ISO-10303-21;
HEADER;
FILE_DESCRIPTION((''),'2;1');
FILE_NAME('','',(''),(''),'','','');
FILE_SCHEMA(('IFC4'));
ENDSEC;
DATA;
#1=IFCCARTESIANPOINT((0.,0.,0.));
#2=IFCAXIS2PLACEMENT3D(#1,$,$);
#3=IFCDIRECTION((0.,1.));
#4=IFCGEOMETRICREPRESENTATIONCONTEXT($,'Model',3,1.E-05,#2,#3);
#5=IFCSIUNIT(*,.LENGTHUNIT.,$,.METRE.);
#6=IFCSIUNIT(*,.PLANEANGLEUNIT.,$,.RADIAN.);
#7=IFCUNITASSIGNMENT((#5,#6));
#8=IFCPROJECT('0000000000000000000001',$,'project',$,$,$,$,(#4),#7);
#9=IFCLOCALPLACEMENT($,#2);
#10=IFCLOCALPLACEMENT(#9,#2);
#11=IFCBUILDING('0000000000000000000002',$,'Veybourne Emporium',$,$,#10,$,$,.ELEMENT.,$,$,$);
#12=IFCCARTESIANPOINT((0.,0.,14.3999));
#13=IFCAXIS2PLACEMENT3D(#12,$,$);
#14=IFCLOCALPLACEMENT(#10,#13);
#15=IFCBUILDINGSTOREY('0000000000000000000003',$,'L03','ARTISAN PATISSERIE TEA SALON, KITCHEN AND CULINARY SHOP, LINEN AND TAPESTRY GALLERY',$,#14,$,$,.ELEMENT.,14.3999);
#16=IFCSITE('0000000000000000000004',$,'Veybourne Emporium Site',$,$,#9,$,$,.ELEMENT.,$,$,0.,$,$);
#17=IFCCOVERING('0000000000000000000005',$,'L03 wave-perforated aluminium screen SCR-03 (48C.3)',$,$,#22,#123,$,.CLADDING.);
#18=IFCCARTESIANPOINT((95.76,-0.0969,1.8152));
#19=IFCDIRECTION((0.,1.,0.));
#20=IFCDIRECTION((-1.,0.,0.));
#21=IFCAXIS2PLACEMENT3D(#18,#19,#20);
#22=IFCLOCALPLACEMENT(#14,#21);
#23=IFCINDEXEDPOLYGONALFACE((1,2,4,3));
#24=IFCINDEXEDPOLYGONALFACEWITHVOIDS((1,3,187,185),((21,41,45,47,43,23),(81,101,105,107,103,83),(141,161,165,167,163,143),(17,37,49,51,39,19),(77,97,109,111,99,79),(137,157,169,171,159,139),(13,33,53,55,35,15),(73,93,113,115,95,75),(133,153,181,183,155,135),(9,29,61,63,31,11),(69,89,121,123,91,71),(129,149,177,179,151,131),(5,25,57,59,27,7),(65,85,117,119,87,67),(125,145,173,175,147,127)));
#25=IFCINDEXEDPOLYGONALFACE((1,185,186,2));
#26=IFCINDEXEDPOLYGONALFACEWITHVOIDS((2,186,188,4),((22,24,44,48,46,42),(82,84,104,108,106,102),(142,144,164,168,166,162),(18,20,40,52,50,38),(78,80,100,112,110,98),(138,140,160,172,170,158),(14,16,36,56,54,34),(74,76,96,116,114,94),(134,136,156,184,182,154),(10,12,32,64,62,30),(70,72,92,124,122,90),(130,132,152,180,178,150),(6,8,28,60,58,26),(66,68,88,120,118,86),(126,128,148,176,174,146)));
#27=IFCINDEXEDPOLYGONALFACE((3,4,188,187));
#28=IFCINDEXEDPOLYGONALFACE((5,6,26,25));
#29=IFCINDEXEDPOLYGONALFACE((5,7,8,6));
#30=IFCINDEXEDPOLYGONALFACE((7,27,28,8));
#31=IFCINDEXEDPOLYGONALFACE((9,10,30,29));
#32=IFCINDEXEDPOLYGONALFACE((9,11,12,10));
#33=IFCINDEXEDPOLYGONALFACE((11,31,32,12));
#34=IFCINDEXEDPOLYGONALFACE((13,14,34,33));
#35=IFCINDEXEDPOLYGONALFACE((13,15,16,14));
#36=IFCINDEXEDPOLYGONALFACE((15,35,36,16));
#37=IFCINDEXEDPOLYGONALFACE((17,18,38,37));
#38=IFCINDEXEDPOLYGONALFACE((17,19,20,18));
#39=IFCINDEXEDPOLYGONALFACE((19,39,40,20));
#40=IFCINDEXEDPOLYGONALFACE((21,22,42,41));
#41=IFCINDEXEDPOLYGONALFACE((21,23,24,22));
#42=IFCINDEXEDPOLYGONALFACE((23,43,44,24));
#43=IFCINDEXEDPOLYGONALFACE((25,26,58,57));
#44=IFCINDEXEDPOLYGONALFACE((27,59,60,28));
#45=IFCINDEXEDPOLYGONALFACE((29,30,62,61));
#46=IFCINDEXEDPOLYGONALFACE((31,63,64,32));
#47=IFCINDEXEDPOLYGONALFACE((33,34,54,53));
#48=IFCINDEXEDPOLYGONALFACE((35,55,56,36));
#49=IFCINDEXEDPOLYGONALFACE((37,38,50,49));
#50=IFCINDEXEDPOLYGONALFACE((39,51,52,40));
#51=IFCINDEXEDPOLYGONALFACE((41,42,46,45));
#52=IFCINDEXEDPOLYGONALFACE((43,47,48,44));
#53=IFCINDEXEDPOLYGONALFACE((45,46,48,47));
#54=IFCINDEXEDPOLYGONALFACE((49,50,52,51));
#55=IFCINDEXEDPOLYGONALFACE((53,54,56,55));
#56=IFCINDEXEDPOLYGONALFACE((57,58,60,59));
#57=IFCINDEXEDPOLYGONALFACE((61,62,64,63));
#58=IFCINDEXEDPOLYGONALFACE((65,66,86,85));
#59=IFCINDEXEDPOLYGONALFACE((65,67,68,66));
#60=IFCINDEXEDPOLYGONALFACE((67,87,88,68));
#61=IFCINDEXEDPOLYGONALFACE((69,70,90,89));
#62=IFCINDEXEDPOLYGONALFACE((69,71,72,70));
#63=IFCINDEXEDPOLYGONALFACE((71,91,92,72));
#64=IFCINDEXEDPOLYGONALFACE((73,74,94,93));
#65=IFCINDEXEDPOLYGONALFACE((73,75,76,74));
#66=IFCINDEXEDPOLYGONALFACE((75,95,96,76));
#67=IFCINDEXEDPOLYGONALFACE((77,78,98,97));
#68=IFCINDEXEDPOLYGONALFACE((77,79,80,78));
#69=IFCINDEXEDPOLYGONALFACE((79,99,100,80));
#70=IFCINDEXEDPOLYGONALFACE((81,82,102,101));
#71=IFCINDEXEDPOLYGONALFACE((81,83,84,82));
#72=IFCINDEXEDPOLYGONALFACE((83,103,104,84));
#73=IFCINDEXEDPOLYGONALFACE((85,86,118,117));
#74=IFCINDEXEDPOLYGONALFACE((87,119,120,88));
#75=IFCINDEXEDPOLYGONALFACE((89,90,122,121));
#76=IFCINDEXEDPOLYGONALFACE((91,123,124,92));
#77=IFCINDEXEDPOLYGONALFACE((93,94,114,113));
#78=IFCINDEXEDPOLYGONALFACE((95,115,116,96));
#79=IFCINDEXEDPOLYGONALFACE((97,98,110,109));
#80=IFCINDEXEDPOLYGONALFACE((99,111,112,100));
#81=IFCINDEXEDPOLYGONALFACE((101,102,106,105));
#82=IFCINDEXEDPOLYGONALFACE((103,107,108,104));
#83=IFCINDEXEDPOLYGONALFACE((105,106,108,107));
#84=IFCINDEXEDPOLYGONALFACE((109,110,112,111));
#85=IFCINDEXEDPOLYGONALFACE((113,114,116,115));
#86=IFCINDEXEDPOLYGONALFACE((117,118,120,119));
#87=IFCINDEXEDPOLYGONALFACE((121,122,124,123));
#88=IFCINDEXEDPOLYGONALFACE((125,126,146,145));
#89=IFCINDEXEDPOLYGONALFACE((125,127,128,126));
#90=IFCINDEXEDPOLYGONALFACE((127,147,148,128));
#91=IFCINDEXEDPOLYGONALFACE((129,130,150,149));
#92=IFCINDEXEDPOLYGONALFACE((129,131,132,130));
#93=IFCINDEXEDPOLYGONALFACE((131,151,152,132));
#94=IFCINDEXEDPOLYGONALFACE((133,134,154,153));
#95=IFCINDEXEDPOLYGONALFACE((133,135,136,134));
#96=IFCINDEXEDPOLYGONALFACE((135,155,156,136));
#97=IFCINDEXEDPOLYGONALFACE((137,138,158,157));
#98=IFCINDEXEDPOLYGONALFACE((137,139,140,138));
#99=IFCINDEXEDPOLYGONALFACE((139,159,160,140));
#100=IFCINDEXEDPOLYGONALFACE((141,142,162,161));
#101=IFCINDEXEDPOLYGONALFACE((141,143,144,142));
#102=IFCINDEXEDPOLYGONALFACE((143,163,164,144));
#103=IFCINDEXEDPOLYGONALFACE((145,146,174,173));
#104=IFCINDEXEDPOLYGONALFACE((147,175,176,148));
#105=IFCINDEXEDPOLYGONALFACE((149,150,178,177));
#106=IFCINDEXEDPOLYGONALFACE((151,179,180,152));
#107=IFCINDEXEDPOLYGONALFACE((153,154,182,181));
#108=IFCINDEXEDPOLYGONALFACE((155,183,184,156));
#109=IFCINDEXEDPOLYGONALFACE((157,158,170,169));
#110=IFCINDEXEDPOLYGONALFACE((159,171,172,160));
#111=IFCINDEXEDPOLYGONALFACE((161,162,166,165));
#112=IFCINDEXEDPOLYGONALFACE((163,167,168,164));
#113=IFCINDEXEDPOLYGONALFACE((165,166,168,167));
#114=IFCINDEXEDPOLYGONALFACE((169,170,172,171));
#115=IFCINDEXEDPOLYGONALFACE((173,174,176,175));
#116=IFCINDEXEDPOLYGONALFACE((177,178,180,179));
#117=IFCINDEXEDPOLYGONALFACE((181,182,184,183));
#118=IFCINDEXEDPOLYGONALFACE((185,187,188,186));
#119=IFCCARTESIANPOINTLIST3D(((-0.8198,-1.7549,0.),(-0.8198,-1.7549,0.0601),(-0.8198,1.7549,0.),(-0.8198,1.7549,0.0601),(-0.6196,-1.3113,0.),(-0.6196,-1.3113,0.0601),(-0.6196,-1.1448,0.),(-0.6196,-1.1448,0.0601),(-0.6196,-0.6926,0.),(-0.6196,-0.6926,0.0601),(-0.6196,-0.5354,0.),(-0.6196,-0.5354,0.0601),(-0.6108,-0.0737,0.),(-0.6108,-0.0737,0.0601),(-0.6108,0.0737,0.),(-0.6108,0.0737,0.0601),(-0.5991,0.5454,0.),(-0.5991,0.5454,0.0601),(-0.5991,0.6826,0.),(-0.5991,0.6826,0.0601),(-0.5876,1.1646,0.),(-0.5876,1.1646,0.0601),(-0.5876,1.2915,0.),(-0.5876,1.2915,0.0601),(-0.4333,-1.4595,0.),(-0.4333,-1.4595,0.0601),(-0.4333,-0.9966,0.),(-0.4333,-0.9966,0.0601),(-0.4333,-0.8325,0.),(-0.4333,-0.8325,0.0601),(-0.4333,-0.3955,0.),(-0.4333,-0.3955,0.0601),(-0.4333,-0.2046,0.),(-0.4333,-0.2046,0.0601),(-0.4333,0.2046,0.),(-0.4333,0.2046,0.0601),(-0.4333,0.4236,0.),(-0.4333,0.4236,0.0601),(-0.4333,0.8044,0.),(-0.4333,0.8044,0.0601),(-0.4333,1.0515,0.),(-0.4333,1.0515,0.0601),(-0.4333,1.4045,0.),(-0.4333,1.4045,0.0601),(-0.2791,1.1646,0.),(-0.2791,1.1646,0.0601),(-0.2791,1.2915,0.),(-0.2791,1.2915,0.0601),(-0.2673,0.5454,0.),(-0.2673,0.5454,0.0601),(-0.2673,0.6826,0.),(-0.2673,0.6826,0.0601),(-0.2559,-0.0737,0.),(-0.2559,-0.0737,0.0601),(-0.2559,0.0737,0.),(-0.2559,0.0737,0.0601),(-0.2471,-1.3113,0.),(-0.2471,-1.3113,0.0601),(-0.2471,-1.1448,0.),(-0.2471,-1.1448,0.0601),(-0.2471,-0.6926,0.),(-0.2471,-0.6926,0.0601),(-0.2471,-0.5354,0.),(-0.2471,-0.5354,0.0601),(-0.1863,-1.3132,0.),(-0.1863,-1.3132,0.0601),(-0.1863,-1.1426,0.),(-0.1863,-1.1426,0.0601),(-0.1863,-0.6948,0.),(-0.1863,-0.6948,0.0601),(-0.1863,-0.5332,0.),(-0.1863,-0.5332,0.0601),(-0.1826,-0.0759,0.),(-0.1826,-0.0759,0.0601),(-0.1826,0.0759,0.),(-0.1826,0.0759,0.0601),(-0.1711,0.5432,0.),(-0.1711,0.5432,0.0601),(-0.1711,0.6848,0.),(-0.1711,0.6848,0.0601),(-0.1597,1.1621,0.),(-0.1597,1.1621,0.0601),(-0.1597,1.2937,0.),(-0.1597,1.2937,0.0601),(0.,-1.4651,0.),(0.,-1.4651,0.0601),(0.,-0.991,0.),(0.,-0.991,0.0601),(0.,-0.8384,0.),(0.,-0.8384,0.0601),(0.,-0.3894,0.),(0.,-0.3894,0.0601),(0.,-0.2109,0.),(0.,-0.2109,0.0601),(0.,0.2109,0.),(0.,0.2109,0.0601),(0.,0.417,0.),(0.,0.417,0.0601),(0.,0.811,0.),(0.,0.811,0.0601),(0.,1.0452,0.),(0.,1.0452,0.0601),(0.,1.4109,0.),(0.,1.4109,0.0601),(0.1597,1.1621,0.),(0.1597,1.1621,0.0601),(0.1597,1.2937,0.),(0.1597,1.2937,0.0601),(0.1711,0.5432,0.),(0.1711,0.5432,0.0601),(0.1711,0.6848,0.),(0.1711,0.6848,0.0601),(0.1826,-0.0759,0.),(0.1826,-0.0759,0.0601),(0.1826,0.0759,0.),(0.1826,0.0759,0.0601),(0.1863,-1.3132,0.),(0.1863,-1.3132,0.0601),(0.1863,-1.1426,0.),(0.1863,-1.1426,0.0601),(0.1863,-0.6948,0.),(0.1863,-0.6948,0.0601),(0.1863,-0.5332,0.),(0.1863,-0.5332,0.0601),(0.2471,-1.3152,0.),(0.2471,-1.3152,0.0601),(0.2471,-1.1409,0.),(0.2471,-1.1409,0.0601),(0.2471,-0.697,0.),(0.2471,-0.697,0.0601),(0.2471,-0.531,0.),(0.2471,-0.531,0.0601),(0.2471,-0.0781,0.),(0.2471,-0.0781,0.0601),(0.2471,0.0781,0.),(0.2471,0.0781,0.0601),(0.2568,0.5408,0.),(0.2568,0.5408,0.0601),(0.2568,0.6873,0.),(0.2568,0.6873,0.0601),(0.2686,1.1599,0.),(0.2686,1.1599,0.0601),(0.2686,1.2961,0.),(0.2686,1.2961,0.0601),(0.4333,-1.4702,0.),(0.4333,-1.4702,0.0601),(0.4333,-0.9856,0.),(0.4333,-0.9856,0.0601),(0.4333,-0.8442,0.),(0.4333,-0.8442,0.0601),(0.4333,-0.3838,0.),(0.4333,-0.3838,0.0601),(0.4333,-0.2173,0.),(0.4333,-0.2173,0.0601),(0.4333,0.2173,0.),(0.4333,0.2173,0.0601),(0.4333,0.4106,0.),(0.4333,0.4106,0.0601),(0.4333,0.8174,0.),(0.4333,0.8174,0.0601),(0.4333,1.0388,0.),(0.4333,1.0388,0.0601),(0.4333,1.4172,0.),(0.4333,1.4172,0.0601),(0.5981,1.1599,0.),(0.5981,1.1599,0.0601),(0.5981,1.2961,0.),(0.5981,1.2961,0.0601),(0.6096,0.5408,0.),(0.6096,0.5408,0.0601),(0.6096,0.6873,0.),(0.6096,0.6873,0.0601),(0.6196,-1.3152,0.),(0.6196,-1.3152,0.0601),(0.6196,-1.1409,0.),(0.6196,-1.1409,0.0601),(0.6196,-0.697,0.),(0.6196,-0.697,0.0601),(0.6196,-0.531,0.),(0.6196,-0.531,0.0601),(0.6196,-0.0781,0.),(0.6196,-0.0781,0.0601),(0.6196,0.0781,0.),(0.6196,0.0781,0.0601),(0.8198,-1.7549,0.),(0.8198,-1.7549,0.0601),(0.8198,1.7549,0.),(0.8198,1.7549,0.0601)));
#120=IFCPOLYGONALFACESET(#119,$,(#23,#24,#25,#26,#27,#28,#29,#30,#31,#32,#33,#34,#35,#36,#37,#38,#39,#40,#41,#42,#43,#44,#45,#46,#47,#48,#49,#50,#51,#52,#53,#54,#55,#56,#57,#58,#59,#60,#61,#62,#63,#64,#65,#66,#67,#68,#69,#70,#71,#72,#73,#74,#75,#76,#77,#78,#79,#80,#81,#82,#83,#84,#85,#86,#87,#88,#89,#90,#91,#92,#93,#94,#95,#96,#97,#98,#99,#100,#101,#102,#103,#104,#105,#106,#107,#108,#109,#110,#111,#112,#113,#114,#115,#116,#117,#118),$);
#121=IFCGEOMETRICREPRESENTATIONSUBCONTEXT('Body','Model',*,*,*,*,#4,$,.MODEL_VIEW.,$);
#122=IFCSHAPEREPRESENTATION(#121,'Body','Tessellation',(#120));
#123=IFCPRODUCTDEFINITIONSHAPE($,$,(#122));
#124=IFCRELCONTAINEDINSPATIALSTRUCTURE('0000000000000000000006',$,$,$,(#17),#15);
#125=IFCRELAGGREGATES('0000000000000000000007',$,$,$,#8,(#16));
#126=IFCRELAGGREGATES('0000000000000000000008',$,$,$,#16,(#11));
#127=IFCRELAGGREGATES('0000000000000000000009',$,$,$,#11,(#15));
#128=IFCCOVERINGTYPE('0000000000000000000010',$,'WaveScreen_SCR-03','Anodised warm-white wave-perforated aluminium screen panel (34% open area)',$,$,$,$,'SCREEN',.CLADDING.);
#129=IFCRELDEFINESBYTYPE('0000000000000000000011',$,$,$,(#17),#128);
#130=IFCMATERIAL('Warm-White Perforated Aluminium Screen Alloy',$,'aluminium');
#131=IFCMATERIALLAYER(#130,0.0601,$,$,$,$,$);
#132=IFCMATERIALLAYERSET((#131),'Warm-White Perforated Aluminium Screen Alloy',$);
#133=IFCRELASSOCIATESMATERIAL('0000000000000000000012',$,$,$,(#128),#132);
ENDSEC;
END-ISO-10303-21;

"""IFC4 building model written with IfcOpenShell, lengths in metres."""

from ifc_helpers import new_model, si_unit, direction, frame, origin, place, context, subcontext, project, spatial, polyline, outline, extrude, material, layer, layer_set, type_object, element, save


model = new_model("IFC4")

# Units and contexts
model_context = context("Model", 3, precision=1e-05, world=origin(), true_north=direction((0.0, 1.0)))
body_context = subcontext(model_context, "Body", "Model", "MODEL_VIEW")
ifc_project = project(units=[si_unit("LENGTHUNIT", "METRE"), si_unit("PLANEANGLEUNIT", "RADIAN")], contexts=[model_context])

# Site, building, storey
site_placement = place(None, origin())
site = spatial("IfcSite", under=ifc_project, at=site_placement, Name="Veybourne Emporium Site", CompositionType="ELEMENT", RefElevation=0.0)
building_placement = place(site_placement, origin())
building = spatial("IfcBuilding", under=site, at=building_placement, Name="Veybourne Emporium", CompositionType="ELEMENT")
storey_placement = place(building_placement, frame((0.0, 0.0, 14.3999)))
storey = spatial("IfcBuildingStorey", under=building, at=storey_placement, Name="L03", Description="ARTISAN PATISSERIE TEA SALON, KITCHEN AND CULINARY SHOP, LINEN AND TAPESTRY GALLERY", CompositionType="ELEMENT", Elevation=14.3999)

# Covering
ifc_material_1 = material(Name="Warm-White Perforated Aluminium Screen Alloy", Category="aluminium")
ifc_layer_1 = layer(ifc_material_1, 0.0601)
ifc_layer_set_1 = layer_set([ifc_layer_1], Name="Warm-White Perforated Aluminium Screen Alloy")
covering_type_1 = type_object("IfcCoveringType", Name="WaveScreen_SCR-03", Description="Anodised warm-white wave-perforated aluminium screen panel (34% open area)", ElementType="SCREEN", PredefinedType="CLADDING", material=ifc_layer_set_1)
covering_1_placement = place(storey_placement, frame((95.76, -0.0969, 1.8152), z_axis=(0.0, 1.0, 0.0), x_axis=(-1.0, 0.0, 0.0)))
element("IfcCovering", 1, at=covering_1_placement, inside=storey, type_object=covering_type_1, Name="L03 wave-perforated aluminium screen SCR-03 (48C.3)", PredefinedType="CLADDING", context=body_context, shape_type="SweptSolid", body=[
    extrude(outline(polyline([(-0.8198, -1.7549), (0.8198, -1.7549), (0.8198, 1.7549), (-0.8198, 1.7549), (-0.8198, -1.7549)]), holes=[polyline([(-0.4333, -0.9966), (-0.2471, -1.1448), (-0.2471, -1.3113), (-0.4333, -1.4595), (-0.6196, -1.3113), (-0.6196, -1.1448), (-0.4333, -0.9966)]), polyline([(-0.4333, -0.3955), (-0.2471, -0.5354), (-0.2471, -0.6926), (-0.4333, -0.8325), (-0.6196, -0.6926), (-0.6196, -0.5354), (-0.4333, -0.3955)]), polyline([(-0.4333, 0.2046), (-0.2559, 0.0737), (-0.2559, -0.0737), (-0.4333, -0.2046), (-0.6108, -0.0737), (-0.6108, 0.0737), (-0.4333, 0.2046)]), polyline([(-0.4333, 0.8044), (-0.2673, 0.6826), (-0.2673, 0.5454), (-0.4333, 0.4236), (-0.5991, 0.5454), (-0.5991, 0.6826), (-0.4333, 0.8044)]), polyline([(-0.4333, 1.4045), (-0.2791, 1.2915), (-0.2791, 1.1646), (-0.4333, 1.0515), (-0.5876, 1.1646), (-0.5876, 1.2915), (-0.4333, 1.4045)]), polyline([(0.0, -0.991), (0.1863, -1.1426), (0.1863, -1.3132), (0.0, -1.4651), (-0.1863, -1.3132), (-0.1863, -1.1426), (0.0, -0.991)]), polyline([(0.0, -0.3894), (0.1863, -0.5332), (0.1863, -0.6948), (0.0, -0.8384), (-0.1863, -0.6948), (-0.1863, -0.5332), (0.0, -0.3894)]), polyline([(0.0, 0.2109), (0.1826, 0.0759), (0.1826, -0.0759), (0.0, -0.2109), (-0.1826, -0.0759), (-0.1826, 0.0759), (0.0, 0.2109)]), polyline([(0.0, 0.811), (0.1711, 0.6848), (0.1711, 0.5432), (0.0, 0.417), (-0.1711, 0.5432), (-0.1711, 0.6848), (0.0, 0.811)]), polyline([(0.0, 1.4109), (0.1597, 1.2937), (0.1597, 1.1621), (0.0, 1.0452), (-0.1597, 1.1621), (-0.1597, 1.2937), (0.0, 1.4109)]), polyline([(0.4333, -0.9856), (0.6196, -1.1409), (0.6196, -1.3152), (0.4333, -1.4702), (0.2471, -1.3152), (0.2471, -1.1409), (0.4333, -0.9856)]), polyline([(0.4333, -0.3838), (0.6196, -0.531), (0.6196, -0.697), (0.4333, -0.8442), (0.2471, -0.697), (0.2471, -0.531), (0.4333, -0.3838)]), polyline([(0.4333, 0.2173), (0.6196, 0.0781), (0.6196, -0.0781), (0.4333, -0.2173), (0.2471, -0.0781), (0.2471, 0.0781), (0.4333, 0.2173)]), polyline([(0.4333, 0.8174), (0.6096, 0.6873), (0.6096, 0.5408), (0.4333, 0.4106), (0.2568, 0.5408), (0.2568, 0.6873), (0.4333, 0.8174)]), polyline([(0.4333, 1.4172), (0.5981, 1.2961), (0.5981, 1.1599), (0.4333, 1.0388), (0.2686, 1.1599), (0.2686, 1.2961), (0.4333, 1.4172)])]), origin(), (0.0, 0.0, 1.0), 0.0601),
])

save(model, "model.ifc")
